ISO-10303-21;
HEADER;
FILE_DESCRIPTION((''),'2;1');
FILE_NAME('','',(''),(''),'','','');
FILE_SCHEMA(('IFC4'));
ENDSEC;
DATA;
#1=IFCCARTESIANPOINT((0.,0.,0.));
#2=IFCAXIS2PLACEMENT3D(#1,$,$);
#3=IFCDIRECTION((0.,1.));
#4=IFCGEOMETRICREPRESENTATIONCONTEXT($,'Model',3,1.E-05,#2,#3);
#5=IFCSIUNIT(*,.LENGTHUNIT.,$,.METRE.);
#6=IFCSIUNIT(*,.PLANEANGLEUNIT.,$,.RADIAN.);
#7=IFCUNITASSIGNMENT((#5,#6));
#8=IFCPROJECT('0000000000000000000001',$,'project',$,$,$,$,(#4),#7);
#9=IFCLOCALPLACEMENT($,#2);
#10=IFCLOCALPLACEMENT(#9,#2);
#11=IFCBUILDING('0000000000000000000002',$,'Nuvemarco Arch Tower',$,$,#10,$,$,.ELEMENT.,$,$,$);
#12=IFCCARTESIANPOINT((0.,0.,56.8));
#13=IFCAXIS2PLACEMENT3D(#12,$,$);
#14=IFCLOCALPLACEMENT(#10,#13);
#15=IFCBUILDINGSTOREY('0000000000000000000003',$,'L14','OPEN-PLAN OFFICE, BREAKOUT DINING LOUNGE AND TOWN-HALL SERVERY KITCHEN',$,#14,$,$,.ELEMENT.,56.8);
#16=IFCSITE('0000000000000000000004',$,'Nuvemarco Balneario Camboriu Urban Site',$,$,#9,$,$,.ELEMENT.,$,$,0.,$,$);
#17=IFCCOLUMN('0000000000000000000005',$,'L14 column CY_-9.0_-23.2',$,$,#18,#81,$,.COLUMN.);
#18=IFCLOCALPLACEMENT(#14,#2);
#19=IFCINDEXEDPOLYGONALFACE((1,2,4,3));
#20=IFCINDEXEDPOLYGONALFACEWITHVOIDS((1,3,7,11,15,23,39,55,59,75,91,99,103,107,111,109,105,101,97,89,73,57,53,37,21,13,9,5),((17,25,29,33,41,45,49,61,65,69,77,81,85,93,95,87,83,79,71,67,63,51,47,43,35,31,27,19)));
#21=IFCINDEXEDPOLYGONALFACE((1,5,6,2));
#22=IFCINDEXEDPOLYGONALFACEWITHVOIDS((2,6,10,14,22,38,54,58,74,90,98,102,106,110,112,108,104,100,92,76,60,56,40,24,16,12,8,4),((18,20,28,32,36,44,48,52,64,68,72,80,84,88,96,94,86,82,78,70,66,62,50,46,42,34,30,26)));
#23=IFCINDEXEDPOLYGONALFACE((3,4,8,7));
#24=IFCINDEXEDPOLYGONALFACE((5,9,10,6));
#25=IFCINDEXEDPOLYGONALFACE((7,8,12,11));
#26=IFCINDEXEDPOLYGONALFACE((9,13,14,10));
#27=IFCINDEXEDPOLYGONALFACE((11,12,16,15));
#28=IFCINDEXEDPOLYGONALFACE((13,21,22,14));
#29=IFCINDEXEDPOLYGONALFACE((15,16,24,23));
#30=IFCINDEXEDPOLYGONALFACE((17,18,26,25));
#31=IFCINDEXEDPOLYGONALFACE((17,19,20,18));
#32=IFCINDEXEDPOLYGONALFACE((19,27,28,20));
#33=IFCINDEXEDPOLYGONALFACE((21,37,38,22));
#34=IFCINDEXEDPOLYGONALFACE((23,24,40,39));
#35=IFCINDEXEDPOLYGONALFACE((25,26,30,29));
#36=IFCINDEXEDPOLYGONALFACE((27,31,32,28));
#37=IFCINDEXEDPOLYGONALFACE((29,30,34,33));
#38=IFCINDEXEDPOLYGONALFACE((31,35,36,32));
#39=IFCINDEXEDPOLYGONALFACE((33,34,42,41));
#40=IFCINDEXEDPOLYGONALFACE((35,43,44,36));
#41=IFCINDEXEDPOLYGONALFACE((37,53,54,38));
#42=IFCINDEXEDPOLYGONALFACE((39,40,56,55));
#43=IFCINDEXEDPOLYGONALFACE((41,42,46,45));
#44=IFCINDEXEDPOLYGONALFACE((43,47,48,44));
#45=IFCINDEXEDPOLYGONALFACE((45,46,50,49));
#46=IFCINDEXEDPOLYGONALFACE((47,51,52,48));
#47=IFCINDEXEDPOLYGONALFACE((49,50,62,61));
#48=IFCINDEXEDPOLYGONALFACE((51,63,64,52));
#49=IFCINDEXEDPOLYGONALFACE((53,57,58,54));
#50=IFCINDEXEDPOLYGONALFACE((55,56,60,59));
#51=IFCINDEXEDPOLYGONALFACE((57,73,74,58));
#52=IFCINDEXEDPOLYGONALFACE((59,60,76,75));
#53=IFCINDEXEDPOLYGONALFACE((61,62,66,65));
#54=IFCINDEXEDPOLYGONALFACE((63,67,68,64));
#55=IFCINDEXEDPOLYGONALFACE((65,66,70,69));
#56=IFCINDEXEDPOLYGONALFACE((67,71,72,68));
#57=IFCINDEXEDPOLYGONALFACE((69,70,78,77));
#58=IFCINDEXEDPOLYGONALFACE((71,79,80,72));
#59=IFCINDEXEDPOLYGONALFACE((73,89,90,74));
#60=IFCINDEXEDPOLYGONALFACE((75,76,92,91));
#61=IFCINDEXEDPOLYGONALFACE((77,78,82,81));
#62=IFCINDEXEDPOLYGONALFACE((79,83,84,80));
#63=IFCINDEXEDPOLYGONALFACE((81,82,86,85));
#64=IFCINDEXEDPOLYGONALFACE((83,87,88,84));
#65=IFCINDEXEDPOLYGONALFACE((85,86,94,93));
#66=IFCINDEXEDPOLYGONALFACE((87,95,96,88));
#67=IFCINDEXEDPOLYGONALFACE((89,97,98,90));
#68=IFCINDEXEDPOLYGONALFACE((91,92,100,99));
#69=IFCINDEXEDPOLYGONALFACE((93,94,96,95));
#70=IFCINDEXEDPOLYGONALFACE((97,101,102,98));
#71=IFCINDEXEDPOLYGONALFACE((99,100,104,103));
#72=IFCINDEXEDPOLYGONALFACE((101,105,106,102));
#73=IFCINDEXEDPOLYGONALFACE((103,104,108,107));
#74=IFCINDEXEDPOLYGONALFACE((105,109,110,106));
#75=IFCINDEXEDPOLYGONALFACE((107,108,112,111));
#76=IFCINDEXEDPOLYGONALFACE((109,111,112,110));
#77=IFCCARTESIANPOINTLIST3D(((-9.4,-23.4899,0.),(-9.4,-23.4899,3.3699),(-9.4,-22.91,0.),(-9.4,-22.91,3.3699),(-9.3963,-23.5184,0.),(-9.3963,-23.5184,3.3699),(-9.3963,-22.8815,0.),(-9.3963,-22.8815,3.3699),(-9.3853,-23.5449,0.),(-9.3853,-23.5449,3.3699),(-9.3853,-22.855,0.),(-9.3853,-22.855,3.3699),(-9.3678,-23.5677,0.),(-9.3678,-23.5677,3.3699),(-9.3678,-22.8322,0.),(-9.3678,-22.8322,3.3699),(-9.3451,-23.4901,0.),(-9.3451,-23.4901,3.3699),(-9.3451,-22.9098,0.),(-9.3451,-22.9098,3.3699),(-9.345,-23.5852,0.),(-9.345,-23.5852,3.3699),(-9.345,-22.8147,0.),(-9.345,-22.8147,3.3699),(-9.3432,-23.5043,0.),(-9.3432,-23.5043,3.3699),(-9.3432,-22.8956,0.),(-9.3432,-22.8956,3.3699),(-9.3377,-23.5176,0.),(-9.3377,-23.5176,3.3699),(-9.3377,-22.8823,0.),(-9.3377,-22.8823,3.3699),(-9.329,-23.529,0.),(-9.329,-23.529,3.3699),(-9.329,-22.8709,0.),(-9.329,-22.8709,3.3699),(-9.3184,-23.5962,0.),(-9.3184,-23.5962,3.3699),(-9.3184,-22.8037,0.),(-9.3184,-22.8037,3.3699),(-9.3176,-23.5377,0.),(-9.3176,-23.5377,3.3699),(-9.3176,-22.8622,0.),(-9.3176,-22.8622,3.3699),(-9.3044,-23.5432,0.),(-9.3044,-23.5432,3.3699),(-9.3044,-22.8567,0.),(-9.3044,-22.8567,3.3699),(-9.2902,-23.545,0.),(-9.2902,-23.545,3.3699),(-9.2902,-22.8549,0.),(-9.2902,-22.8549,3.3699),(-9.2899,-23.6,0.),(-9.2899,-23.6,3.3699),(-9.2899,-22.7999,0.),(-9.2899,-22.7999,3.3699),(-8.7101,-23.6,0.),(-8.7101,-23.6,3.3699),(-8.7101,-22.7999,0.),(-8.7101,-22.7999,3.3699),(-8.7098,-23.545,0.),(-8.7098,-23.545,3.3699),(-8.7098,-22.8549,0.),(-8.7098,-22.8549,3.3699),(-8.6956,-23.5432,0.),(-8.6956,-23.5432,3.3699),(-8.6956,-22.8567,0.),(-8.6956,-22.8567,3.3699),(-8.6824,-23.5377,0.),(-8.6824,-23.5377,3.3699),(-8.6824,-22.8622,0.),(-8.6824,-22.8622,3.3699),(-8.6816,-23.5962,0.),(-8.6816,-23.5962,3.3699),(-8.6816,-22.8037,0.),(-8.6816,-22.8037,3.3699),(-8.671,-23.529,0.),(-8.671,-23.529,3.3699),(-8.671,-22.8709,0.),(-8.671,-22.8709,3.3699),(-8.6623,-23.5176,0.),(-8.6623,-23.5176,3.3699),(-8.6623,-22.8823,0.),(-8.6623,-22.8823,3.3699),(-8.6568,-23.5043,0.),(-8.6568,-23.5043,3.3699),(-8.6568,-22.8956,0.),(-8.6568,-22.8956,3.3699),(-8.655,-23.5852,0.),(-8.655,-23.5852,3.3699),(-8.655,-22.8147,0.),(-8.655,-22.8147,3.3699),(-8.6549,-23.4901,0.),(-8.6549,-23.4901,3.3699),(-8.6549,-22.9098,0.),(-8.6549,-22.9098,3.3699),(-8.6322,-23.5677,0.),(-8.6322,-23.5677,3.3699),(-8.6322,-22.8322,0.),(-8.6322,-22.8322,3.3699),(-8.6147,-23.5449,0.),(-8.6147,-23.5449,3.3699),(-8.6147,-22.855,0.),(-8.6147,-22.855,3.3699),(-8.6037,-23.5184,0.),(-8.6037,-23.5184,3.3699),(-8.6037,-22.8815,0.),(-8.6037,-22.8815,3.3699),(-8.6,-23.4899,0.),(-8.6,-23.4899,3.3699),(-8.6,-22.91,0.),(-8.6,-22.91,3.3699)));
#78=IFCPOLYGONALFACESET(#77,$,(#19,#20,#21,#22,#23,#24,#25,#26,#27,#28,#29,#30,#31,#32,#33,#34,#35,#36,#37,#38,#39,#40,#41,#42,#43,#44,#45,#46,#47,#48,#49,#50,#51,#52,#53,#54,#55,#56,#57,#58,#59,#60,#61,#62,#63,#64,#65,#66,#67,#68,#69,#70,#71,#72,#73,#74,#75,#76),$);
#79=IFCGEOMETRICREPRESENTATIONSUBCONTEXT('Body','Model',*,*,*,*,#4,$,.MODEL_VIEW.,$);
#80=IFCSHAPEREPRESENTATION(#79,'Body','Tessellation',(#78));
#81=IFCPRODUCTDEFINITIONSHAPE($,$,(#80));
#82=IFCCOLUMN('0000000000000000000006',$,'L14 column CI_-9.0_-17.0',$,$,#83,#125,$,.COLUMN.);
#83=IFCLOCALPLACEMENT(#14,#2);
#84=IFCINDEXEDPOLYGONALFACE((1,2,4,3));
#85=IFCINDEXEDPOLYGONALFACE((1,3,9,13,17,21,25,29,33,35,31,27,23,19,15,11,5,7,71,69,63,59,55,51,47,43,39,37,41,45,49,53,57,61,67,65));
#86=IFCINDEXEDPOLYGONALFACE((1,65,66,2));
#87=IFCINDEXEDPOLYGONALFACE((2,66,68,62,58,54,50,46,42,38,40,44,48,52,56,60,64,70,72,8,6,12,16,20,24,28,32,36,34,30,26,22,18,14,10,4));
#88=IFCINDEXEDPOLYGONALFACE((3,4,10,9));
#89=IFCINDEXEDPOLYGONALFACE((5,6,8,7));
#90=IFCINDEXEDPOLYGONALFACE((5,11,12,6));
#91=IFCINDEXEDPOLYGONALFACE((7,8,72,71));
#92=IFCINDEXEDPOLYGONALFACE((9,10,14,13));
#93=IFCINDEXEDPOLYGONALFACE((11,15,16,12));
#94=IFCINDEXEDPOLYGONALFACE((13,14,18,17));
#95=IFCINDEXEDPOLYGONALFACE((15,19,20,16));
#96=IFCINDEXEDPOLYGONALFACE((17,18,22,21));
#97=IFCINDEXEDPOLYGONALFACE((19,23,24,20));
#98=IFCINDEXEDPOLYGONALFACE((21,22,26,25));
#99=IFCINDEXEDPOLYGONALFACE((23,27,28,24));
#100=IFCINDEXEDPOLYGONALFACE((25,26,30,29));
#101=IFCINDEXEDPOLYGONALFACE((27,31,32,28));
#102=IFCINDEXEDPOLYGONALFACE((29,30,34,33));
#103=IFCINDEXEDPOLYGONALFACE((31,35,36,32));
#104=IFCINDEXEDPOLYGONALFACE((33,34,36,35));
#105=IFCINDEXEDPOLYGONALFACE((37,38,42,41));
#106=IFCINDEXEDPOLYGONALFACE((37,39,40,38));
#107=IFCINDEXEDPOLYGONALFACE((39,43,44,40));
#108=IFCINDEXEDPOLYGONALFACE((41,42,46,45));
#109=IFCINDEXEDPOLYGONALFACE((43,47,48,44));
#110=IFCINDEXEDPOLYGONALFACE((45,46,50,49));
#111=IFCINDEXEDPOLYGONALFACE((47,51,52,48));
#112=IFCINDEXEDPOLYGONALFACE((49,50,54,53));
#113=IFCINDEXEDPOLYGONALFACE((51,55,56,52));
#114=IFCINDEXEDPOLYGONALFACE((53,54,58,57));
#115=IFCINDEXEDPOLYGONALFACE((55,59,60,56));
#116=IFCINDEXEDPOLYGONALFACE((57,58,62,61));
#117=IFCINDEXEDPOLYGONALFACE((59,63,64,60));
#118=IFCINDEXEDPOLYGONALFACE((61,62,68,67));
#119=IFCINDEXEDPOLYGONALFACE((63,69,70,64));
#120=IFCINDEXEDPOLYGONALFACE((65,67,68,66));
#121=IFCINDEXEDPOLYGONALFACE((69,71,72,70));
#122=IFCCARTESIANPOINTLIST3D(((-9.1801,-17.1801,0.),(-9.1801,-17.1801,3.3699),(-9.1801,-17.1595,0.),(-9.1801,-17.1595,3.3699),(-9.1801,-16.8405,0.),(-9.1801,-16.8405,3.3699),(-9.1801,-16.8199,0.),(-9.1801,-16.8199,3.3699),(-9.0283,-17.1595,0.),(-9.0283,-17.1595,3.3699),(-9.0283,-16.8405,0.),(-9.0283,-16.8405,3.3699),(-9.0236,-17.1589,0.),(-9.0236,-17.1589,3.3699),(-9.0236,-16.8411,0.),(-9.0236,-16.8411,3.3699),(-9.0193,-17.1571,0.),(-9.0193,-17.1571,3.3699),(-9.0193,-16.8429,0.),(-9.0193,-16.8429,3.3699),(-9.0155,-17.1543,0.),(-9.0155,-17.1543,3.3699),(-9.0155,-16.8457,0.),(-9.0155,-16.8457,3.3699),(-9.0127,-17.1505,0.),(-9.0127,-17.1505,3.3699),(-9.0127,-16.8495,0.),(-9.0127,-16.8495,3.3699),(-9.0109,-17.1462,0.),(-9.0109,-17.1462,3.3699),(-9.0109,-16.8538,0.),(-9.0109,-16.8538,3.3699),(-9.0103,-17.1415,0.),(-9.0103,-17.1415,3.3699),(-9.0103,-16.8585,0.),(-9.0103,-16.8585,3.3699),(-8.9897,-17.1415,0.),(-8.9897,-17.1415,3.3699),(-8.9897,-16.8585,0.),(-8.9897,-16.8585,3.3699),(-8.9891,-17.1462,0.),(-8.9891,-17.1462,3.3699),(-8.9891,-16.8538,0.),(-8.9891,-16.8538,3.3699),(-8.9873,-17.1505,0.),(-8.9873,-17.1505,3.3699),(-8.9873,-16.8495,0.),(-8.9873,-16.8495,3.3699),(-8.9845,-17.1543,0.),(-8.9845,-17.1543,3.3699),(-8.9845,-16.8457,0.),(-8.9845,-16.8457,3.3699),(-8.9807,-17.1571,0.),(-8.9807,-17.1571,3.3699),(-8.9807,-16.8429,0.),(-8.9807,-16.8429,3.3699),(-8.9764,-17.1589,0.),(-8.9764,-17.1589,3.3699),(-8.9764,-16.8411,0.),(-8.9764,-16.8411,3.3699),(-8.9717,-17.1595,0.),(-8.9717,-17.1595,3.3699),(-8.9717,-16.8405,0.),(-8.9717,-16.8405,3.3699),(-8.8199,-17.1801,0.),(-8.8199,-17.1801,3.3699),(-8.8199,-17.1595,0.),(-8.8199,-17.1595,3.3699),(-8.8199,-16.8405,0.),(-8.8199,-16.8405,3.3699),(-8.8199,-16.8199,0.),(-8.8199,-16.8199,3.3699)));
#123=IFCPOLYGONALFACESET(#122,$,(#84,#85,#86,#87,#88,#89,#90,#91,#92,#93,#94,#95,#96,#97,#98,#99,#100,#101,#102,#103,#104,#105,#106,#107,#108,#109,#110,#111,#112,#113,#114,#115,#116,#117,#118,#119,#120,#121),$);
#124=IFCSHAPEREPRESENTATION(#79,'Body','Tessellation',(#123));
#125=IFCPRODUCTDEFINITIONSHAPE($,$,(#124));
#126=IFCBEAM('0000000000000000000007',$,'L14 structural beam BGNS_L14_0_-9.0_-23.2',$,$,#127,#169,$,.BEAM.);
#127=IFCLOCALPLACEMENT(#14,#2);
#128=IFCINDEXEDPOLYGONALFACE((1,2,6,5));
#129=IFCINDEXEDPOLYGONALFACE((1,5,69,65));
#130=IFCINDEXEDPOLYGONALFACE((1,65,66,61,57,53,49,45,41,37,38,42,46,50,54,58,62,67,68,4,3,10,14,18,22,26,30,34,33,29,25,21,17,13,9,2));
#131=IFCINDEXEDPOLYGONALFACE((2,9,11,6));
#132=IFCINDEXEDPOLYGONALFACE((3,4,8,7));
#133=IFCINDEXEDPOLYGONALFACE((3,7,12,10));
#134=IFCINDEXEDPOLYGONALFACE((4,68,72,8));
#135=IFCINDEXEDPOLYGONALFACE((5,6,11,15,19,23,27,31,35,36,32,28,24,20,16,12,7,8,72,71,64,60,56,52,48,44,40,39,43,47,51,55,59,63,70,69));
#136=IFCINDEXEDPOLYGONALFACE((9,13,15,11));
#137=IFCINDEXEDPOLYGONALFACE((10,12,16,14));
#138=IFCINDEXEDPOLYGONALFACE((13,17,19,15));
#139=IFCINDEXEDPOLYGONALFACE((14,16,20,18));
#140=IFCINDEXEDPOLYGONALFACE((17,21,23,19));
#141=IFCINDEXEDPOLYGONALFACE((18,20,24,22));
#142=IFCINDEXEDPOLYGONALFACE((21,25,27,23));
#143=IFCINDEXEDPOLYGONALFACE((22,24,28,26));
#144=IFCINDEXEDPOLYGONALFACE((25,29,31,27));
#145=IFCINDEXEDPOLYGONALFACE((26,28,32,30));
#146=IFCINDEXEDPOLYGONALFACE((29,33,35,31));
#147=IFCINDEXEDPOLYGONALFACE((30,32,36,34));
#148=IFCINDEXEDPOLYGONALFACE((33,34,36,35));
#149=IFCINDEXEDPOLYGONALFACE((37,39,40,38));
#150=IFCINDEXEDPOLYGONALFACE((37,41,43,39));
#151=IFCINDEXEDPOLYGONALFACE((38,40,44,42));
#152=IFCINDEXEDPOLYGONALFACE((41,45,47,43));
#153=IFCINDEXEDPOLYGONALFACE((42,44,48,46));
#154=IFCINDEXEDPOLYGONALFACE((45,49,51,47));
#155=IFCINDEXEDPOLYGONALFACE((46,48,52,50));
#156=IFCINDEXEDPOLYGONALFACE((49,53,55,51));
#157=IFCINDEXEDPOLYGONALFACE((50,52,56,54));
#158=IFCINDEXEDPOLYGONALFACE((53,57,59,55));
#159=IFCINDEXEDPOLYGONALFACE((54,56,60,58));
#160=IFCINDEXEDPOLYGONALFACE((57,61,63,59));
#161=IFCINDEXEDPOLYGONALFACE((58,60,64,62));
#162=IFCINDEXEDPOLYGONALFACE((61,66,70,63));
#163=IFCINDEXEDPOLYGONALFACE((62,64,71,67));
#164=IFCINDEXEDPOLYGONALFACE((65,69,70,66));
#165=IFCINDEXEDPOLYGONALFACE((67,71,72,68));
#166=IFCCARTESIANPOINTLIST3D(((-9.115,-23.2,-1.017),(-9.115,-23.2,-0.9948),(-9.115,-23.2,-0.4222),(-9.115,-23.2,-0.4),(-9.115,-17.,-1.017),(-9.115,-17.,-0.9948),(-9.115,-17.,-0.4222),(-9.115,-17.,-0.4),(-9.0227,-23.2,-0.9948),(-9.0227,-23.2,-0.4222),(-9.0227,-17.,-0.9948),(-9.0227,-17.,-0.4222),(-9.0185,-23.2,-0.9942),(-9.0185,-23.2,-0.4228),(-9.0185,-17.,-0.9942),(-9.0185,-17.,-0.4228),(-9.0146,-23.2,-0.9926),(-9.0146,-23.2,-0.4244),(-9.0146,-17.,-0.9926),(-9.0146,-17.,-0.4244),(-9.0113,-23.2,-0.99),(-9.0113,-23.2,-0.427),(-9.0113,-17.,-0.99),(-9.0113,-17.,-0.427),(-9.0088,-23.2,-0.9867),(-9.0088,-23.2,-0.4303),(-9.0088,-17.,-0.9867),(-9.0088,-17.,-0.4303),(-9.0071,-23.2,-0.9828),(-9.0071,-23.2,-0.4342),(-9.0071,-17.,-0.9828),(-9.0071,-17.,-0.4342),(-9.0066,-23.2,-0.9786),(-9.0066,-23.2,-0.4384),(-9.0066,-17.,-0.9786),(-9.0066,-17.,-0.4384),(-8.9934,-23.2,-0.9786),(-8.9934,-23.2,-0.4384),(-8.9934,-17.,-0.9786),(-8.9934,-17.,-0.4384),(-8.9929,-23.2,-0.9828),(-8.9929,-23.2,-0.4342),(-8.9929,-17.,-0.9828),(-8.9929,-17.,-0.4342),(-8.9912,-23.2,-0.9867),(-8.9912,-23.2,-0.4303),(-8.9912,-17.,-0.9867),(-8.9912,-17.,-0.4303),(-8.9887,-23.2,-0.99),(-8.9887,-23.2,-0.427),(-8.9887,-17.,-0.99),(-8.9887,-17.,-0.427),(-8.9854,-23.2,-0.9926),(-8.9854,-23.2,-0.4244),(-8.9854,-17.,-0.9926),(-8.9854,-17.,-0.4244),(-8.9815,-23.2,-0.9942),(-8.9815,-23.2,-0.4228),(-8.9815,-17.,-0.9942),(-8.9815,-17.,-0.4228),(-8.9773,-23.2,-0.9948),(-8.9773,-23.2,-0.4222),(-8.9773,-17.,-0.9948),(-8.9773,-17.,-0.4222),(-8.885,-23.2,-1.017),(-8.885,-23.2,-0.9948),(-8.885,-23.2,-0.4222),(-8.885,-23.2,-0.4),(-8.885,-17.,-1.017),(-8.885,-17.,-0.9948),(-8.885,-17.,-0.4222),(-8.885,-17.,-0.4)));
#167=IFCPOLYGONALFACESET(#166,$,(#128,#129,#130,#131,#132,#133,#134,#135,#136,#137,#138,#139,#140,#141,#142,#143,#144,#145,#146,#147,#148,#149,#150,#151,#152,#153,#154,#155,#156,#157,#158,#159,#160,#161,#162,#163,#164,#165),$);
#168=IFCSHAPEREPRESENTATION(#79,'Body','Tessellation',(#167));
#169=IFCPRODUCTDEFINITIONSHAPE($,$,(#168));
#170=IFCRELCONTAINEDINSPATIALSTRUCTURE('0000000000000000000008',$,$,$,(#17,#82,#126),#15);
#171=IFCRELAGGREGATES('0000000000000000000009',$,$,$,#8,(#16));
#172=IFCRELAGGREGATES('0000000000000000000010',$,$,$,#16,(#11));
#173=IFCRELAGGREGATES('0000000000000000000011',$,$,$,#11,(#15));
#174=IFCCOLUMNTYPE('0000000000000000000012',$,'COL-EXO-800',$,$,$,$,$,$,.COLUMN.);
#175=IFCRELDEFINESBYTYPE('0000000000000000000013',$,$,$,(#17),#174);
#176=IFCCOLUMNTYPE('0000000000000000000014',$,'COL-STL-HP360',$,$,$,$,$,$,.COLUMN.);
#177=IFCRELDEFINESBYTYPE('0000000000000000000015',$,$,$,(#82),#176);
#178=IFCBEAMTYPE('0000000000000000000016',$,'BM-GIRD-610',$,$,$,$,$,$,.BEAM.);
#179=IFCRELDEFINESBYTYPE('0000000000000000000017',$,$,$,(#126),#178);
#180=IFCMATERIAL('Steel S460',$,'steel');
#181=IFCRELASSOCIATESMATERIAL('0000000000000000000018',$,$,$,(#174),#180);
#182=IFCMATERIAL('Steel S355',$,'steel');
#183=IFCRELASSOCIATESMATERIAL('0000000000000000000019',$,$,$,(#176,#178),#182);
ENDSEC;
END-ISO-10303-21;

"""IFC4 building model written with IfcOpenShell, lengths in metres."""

from ifc_helpers import new_model, si_unit, direction, frame, origin, origin_2d, place, context, subcontext, project, spatial, hollow_rectangle, i_section, extrude, material, material_profile, profile_set, type_object, element, save


model = new_model("IFC4")

# Units and contexts
model_context = context("Model", 3, precision=1e-05, world=origin(), true_north=direction((0.0, 1.0)))
body_context = subcontext(model_context, "Body", "Model", "MODEL_VIEW")
ifc_project = project(units=[si_unit("LENGTHUNIT", "METRE"), si_unit("PLANEANGLEUNIT", "RADIAN")], contexts=[model_context])

# Site, building, storey
site_placement = place(None, origin())
site = spatial("IfcSite", under=ifc_project, at=site_placement, Name="Nuvemarco Balneario Camboriu Urban Site", CompositionType="ELEMENT", RefElevation=0.0)
building_placement = place(site_placement, origin())
building = spatial("IfcBuilding", under=site, at=building_placement, Name="Nuvemarco Arch Tower", CompositionType="ELEMENT")
storey_placement = place(building_placement, frame((0.0, 0.0, 56.8)))
storey = spatial("IfcBuildingStorey", under=building, at=storey_placement, Name="L14", Description="OPEN-PLAN OFFICE, BREAKOUT DINING LOUNGE AND TOWN-HALL SERVERY KITCHEN", CompositionType="ELEMENT", Elevation=56.8)

# Columns
ifc_material_1 = material(Name="Steel S460", Category="steel")
ifc_material_profile_1 = material_profile(ifc_material_1, hollow_rectangle(XDim=0.8, YDim=0.8, WallThickness=0.0549, InnerFilletRadius=0.0549, OuterFilletRadius=0.1101, at=origin_2d()), Name="SHS800x800x55")
ifc_profile_set_1 = profile_set([ifc_material_profile_1], Name="Steel S460")
column_type_1 = type_object("IfcColumnType", Name="COL-EXO-800", PredefinedType="COLUMN", material=ifc_profile_set_1)
column_1_placement = place(storey_placement, frame((-9.0, -23.2, 0.0), z_axis=(0.0, 0.0, 1.0), x_axis=(1.0, 0.0, 0.0)))
element("IfcColumn", 1, at=column_1_placement, inside=storey, type_object=column_type_1, Name="L14 column CY_-9.0_-23.2", PredefinedType="COLUMN", context=body_context, shape_type="SweptSolid", body=[
    extrude(hollow_rectangle(XDim=0.8, YDim=0.8, WallThickness=0.0549, InnerFilletRadius=0.0549, OuterFilletRadius=0.1101, at=origin_2d()), origin(), (0.0, 0.0, 1.0), 3.3699),
])
ifc_material_2 = material(Name="Steel S355", Category="steel")
ifc_material_profile_2 = material_profile(ifc_material_2, i_section(OverallWidth=0.3601, OverallDepth=0.3601, WebThickness=0.0205, FlangeThickness=0.0205, FilletRadius=0.0181, at=origin_2d()), Name="HP360x174")
ifc_profile_set_2 = profile_set([ifc_material_profile_2], Name="Steel S355")
column_type_2 = type_object("IfcColumnType", Name="COL-STL-HP360", PredefinedType="COLUMN", material=ifc_profile_set_2)
column_2_placement = place(storey_placement, frame((-9.0, -17.0, 0.0), z_axis=(0.0, 0.0, 1.0), x_axis=(1.0, 0.0, 0.0)))
element("IfcColumn", 2, at=column_2_placement, inside=storey, type_object=column_type_2, Name="L14 column CI_-9.0_-17.0", PredefinedType="COLUMN", context=body_context, shape_type="SweptSolid", body=[
    extrude(i_section(OverallWidth=0.3601, OverallDepth=0.3601, WebThickness=0.0205, FlangeThickness=0.0205, FilletRadius=0.0181, at=origin_2d()), origin(), (0.0, 0.0, 1.0), 3.3699),
])

# Beam
ifc_material_profile_3 = material_profile(ifc_material_2, i_section(OverallWidth=0.23, OverallDepth=0.6169, WebThickness=0.0132, FlangeThickness=0.0222, FilletRadius=0.0161, at=origin_2d()), Name="W610x140")
ifc_profile_set_3 = profile_set([ifc_material_profile_3], Name="Steel S355")
beam_type_1 = type_object("IfcBeamType", Name="BM-GIRD-610", PredefinedType="BEAM", material=ifc_profile_set_3)
beam_1_placement = place(storey_placement, frame((-9.0, -23.2, -0.7085), z_axis=(0.0, 1.0, 0.0), x_axis=(-1.0, 0.0, 0.0)))
element("IfcBeam", 3, at=beam_1_placement, inside=storey, type_object=beam_type_1, Name="L14 structural beam BGNS_L14_0_-9.0_-23.2", PredefinedType="BEAM", context=body_context, shape_type="SweptSolid", body=[
    extrude(i_section(OverallWidth=0.23, OverallDepth=0.6169, WebThickness=0.0132, FlangeThickness=0.0222, FilletRadius=0.0161, at=origin_2d()), origin(), (0.0, 0.0, 1.0), 6.2),
])

save(model, "model.ifc")
